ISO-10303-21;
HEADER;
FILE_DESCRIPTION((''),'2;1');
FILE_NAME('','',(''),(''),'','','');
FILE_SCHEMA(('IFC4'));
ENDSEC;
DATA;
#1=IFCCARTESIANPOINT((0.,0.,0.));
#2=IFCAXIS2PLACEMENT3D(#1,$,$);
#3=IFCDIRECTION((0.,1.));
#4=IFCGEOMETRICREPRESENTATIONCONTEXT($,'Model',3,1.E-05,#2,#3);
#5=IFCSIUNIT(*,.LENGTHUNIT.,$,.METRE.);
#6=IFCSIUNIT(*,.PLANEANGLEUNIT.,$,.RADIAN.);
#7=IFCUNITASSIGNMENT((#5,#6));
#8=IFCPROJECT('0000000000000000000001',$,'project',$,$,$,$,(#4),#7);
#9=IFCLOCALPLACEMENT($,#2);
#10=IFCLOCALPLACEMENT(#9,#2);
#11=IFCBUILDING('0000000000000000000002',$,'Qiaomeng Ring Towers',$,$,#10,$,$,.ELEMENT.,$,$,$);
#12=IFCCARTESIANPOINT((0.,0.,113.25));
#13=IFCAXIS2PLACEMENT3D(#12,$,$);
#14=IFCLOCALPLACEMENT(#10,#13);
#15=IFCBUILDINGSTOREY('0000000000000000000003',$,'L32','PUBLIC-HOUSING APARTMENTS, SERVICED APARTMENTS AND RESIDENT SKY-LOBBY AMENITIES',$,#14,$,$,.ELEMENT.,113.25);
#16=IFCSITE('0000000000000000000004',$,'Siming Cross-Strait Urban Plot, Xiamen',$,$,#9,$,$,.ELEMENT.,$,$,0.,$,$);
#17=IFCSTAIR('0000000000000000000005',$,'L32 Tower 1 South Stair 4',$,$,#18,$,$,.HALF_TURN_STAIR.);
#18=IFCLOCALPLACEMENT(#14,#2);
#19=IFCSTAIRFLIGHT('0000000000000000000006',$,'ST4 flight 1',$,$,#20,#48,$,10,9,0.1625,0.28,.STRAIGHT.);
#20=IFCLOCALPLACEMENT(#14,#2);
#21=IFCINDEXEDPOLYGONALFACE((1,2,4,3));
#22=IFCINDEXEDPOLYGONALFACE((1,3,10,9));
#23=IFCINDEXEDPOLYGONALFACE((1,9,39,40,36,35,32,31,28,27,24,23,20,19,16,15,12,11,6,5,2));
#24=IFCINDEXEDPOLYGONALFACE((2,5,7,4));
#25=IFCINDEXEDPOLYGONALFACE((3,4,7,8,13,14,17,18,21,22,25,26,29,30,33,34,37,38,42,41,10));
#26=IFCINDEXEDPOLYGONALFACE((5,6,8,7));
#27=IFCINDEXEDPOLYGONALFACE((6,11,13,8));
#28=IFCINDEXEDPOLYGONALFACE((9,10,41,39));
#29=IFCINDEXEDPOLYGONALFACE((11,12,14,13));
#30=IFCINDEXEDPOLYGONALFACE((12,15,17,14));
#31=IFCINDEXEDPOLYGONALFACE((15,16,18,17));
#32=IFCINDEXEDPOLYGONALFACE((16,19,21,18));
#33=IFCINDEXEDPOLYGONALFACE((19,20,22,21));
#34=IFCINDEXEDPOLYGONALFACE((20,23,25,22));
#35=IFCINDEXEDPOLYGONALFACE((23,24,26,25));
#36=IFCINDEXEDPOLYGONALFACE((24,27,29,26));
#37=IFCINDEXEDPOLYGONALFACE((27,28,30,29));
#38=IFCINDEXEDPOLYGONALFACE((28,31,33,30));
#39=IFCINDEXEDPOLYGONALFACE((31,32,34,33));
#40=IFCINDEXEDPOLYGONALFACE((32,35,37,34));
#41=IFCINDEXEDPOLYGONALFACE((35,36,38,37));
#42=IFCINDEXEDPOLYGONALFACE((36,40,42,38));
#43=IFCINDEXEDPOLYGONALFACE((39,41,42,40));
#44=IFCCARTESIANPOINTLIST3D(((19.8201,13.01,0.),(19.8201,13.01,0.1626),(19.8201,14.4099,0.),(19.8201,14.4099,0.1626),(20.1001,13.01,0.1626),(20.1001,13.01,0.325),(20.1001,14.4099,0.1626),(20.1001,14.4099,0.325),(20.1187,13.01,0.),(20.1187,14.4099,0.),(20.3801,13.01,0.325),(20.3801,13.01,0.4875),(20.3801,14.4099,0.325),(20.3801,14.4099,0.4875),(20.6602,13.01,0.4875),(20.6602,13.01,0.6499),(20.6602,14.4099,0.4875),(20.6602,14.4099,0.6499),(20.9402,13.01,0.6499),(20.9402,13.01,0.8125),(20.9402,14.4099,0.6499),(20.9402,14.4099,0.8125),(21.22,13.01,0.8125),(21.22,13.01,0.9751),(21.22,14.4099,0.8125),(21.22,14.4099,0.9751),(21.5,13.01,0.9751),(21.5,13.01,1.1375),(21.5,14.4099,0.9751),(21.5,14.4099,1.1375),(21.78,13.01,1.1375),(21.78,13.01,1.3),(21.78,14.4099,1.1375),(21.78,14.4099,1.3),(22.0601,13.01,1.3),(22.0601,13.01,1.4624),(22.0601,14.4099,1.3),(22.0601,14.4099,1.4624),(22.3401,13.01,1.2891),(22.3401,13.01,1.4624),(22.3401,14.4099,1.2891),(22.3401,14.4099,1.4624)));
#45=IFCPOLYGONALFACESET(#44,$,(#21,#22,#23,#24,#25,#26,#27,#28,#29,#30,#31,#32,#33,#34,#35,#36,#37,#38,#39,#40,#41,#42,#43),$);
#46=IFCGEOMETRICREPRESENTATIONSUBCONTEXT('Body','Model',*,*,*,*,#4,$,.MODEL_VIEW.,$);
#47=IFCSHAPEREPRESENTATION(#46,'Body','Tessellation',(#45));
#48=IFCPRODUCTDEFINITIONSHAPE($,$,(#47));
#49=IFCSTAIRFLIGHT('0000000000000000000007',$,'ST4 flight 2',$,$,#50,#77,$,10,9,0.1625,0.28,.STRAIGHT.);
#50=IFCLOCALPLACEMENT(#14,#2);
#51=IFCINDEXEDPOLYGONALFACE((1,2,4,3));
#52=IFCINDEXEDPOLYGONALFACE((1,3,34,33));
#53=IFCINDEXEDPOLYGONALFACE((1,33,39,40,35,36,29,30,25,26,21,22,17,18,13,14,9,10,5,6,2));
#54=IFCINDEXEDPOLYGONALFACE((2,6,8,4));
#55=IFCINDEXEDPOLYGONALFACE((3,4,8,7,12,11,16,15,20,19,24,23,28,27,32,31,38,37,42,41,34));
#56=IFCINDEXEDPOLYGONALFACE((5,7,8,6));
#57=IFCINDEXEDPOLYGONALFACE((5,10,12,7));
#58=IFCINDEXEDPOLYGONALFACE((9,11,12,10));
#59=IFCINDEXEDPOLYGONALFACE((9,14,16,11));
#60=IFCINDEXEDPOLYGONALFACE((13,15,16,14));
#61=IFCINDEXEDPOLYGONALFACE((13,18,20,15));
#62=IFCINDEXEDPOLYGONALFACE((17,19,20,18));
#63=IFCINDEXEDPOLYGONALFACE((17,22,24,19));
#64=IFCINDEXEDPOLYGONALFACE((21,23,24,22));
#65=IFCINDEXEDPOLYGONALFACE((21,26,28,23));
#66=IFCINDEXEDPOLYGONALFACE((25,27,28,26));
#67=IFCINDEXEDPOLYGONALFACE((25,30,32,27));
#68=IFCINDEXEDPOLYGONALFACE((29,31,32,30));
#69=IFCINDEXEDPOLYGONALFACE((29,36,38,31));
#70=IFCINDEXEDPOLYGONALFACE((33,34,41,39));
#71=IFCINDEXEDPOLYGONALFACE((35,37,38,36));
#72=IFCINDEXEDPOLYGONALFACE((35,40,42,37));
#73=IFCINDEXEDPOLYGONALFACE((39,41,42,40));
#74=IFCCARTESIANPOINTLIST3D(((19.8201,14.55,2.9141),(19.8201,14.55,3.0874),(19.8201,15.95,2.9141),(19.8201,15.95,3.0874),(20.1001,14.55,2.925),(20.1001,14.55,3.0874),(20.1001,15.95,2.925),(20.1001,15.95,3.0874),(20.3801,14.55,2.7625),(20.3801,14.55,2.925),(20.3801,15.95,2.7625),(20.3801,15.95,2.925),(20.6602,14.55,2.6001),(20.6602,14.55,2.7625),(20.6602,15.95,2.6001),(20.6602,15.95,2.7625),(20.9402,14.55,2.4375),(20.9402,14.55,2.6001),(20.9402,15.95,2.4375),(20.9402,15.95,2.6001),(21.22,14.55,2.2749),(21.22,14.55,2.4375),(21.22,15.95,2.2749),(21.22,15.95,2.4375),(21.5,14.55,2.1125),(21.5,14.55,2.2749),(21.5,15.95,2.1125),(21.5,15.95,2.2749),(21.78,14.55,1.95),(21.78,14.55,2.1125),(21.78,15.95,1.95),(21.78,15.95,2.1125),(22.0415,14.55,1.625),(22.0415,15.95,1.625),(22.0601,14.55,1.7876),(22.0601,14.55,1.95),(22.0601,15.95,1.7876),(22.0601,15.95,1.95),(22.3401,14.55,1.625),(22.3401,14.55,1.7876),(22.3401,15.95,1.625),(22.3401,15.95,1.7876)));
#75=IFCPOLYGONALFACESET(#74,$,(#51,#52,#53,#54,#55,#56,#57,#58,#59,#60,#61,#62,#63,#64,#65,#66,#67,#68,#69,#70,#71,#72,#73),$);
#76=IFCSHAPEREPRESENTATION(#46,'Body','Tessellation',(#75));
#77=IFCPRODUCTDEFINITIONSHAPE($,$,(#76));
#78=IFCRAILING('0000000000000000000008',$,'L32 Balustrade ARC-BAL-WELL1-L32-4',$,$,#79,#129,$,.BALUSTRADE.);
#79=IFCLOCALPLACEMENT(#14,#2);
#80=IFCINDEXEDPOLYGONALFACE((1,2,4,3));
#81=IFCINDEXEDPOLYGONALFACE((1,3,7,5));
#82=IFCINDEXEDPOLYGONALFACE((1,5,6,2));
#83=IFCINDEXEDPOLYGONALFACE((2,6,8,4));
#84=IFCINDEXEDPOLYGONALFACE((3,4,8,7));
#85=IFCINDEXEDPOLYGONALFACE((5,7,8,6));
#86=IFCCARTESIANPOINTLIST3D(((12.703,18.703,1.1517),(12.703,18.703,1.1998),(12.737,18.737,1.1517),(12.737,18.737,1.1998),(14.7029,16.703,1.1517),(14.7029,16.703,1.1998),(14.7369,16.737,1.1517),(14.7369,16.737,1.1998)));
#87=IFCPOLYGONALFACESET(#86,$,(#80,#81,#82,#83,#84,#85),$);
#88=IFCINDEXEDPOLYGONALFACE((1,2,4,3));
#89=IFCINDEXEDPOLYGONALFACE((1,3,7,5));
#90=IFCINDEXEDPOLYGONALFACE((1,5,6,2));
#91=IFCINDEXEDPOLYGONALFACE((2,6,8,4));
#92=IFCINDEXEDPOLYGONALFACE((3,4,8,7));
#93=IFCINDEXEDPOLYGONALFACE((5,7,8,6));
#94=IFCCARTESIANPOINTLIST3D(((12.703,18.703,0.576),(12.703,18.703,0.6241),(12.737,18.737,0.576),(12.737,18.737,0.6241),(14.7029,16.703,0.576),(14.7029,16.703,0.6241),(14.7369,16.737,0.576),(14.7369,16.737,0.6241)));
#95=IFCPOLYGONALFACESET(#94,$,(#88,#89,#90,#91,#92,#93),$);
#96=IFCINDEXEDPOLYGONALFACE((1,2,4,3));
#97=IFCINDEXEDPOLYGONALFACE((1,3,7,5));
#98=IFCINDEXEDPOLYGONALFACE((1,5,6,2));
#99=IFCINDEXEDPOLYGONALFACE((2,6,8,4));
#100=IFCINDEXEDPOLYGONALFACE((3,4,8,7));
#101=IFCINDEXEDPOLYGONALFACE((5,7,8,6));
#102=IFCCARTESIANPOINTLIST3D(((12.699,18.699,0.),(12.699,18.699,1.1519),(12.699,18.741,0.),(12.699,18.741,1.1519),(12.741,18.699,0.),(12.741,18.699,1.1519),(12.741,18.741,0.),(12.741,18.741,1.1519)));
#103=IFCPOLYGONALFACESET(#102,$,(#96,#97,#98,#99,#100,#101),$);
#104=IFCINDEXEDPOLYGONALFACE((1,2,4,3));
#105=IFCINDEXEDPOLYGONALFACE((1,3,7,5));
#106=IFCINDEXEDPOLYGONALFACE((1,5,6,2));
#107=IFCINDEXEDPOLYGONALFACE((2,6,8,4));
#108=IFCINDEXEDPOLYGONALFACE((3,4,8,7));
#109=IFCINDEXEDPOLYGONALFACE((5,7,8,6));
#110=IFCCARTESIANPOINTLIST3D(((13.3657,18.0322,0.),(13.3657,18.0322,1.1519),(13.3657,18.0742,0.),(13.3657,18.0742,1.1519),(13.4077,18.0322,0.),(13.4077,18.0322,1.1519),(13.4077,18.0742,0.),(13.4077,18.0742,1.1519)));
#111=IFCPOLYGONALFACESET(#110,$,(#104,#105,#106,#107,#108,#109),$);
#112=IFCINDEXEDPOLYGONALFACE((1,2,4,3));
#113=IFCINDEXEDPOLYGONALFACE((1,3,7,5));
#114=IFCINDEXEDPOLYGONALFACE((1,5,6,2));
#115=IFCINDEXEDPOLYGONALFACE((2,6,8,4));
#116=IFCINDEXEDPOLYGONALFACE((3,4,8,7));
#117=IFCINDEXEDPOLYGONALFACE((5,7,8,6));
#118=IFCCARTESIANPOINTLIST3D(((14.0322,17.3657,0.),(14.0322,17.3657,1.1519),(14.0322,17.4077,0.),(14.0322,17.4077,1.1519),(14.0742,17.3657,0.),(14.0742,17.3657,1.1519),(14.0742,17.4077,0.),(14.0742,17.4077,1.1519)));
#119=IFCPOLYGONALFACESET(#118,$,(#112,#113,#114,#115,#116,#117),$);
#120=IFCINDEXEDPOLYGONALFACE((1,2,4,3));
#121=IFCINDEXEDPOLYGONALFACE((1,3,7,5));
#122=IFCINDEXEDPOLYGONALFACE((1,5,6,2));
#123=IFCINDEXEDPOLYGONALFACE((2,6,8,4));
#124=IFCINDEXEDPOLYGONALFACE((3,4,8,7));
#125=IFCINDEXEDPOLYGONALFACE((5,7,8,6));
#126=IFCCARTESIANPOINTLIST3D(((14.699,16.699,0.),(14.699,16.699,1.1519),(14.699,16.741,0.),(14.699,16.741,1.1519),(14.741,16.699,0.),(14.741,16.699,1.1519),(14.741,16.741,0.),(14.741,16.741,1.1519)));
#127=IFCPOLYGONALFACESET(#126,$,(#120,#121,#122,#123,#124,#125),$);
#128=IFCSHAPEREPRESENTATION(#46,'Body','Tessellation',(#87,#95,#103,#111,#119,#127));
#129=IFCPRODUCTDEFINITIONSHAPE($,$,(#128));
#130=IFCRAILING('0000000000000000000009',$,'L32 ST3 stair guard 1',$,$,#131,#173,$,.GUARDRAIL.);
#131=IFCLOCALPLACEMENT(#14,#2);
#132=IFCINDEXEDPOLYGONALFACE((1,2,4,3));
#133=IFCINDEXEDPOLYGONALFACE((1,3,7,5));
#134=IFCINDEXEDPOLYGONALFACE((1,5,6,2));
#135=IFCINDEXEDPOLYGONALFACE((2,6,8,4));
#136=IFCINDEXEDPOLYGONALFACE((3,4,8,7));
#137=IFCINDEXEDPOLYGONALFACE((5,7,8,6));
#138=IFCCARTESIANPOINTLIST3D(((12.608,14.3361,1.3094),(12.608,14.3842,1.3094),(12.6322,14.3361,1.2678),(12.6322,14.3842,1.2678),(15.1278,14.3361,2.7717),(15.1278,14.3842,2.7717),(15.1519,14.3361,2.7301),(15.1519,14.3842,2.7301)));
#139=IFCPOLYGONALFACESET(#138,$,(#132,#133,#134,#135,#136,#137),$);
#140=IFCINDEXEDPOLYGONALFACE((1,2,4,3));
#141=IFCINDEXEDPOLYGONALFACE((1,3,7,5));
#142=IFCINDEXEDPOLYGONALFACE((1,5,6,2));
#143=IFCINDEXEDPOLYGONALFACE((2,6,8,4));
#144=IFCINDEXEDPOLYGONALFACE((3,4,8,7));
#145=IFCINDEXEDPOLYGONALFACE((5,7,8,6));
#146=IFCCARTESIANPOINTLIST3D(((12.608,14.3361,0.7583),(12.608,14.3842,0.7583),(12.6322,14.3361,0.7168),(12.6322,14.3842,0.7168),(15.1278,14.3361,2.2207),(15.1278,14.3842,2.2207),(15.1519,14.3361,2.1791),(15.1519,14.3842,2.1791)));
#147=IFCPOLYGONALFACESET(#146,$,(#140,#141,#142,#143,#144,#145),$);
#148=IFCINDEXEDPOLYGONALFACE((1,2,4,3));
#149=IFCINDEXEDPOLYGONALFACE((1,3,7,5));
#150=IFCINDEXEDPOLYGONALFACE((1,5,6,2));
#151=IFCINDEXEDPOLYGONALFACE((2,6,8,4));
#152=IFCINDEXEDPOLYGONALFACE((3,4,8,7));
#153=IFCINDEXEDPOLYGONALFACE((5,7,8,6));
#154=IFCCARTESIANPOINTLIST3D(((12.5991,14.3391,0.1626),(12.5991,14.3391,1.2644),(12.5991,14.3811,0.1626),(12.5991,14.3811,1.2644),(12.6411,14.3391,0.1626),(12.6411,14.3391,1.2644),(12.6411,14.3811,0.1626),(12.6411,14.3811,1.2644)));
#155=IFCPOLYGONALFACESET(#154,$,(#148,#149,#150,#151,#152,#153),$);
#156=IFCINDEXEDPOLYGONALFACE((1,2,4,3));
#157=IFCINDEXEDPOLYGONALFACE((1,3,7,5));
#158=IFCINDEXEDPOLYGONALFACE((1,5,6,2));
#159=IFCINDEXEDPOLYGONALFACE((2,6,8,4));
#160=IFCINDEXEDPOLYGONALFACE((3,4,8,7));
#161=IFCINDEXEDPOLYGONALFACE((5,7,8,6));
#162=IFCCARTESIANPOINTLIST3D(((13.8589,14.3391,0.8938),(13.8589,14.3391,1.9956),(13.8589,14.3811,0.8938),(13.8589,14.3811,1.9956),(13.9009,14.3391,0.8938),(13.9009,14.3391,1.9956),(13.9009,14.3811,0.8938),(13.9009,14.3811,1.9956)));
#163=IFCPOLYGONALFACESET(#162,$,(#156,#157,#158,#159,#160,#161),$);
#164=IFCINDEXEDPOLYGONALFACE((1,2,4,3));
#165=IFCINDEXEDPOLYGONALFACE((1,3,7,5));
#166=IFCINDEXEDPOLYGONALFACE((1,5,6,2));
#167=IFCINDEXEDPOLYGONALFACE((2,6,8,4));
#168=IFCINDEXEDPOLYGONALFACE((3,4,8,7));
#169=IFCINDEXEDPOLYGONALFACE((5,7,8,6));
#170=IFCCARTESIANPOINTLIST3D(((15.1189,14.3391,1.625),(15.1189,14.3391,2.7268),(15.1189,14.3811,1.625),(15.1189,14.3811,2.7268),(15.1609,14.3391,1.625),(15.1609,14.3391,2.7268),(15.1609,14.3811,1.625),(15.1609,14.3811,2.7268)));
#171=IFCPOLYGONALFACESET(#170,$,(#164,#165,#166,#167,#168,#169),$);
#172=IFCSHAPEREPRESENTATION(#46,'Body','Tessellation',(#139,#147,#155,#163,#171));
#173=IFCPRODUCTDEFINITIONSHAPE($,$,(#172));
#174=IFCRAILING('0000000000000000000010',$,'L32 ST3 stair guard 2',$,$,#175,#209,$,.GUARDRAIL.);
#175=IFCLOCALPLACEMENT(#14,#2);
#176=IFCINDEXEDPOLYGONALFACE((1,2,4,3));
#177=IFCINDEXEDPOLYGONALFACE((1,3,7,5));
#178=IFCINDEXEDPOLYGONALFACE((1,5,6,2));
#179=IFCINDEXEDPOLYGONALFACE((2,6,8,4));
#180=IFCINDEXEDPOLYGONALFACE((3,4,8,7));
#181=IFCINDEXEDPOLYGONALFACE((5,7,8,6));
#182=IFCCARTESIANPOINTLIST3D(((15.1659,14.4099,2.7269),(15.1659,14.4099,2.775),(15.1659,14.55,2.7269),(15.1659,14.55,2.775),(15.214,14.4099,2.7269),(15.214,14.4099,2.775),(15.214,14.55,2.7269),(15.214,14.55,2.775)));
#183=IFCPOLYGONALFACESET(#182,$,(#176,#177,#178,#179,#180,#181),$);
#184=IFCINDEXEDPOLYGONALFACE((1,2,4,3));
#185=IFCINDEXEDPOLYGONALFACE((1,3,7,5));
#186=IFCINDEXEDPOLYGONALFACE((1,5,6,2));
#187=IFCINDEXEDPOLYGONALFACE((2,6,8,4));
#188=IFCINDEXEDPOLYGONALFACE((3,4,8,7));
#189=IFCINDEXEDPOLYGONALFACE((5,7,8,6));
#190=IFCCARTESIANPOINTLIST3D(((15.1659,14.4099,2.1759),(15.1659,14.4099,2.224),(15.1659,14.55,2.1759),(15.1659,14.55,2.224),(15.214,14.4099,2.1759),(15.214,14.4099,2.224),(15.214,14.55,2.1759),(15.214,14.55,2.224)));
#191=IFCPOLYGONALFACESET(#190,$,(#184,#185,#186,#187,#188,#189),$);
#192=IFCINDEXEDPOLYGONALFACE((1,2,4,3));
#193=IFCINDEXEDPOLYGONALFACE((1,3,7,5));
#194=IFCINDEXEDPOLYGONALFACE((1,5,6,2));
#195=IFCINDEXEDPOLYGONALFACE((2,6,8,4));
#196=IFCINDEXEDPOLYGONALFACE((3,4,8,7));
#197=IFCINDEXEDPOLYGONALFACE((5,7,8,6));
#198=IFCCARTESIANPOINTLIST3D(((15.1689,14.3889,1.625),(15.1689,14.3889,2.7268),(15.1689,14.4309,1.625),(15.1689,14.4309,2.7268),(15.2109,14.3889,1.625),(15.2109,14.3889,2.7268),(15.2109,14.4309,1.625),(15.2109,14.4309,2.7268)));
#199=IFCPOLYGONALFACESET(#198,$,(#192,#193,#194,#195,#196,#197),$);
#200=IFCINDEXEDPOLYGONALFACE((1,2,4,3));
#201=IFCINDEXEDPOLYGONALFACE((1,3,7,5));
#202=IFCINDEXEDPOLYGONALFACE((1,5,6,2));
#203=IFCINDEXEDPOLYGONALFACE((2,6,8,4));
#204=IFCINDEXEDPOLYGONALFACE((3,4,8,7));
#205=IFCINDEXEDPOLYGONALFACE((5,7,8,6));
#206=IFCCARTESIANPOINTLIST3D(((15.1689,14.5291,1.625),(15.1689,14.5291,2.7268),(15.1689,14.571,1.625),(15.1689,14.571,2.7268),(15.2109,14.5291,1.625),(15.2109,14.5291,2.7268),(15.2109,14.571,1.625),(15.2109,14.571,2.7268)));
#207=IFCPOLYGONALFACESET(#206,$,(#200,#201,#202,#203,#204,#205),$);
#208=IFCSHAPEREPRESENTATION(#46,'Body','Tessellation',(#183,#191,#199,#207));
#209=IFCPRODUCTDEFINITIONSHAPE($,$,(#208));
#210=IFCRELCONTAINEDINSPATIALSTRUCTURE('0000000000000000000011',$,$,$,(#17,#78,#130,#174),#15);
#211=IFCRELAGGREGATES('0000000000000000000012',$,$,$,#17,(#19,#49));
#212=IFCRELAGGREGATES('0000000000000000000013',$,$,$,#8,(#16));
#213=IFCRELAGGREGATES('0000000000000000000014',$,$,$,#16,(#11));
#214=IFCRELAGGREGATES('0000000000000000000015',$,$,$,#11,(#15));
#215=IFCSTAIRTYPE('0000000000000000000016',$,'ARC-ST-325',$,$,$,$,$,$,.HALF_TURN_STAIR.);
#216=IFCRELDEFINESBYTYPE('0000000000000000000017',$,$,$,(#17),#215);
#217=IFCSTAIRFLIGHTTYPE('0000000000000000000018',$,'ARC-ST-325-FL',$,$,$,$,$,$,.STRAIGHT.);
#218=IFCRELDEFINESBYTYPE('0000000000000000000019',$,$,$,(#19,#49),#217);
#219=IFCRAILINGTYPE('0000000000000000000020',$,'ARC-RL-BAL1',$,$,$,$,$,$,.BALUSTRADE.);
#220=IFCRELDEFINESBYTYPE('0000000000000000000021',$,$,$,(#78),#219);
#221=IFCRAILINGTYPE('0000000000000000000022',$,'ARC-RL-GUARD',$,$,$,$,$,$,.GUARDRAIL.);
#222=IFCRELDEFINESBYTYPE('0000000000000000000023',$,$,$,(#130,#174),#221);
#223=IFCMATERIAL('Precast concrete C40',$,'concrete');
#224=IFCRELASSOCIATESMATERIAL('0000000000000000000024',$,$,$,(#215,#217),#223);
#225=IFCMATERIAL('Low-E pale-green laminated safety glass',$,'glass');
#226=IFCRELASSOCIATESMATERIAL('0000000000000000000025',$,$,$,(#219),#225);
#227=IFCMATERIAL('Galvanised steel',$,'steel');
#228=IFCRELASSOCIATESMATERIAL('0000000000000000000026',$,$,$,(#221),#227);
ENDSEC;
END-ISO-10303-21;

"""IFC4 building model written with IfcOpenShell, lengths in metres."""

from ifc_helpers import new_model, si_unit, direction, frame, origin, origin_2d, place, context, subcontext, project, spatial, polyline, rectangle, outline, extrude, source, transform, mapped, material, type_object, element, aggregate, save


model = new_model("IFC4")

# Units and contexts
model_context = context("Model", 3, precision=1e-05, world=origin(), true_north=direction((0.0, 1.0)))
body_context = subcontext(model_context, "Body", "Model", "MODEL_VIEW")
ifc_project = project(units=[si_unit("LENGTHUNIT", "METRE"), si_unit("PLANEANGLEUNIT", "RADIAN")], contexts=[model_context])

# Site, building, storey
site_placement = place(None, origin())
site = spatial("IfcSite", under=ifc_project, at=site_placement, Name="Siming Cross-Strait Urban Plot, Xiamen", CompositionType="ELEMENT", RefElevation=0.0)
building_placement = place(site_placement, origin())
building = spatial("IfcBuilding", under=site, at=building_placement, Name="Qiaomeng Ring Towers", CompositionType="ELEMENT")
storey_placement = place(building_placement, frame((0.0, 0.0, 113.25)))
storey = spatial("IfcBuildingStorey", under=building, at=storey_placement, Name="L32", Description="PUBLIC-HOUSING APARTMENTS, SERVICED APARTMENTS AND RESIDENT SKY-LOBBY AMENITIES", CompositionType="ELEMENT", Elevation=113.25)

# Stair, stair flights
ifc_material_1 = material(Name="Precast concrete C40", Category="concrete")
stair_type = type_object("IfcStairType", Name="ARC-ST-325", PredefinedType="HALF_TURN_STAIR", material=ifc_material_1)
stair_flight_type = type_object("IfcStairFlightType", Name="ARC-ST-325-FL", PredefinedType="STRAIGHT", material=ifc_material_1)
shared_shape_1 = source(origin(), body_context, "Body", "SweptSolid", [
    extrude(outline(polyline([(0.0, 0.0), (0.0, 0.1626), (0.28, 0.1626), (0.28, 0.325), (0.5601, 0.325), (0.5601, 0.4875), (0.8401, 0.4875), (0.8401, 0.6499), (1.1201, 0.6499), (1.1201, 0.8125), (1.3999, 0.8125), (1.3999, 0.9751), (1.6799, 0.9751), (1.6799, 1.1375), (1.96, 1.1375), (1.96, 1.3), (2.24, 1.3), (2.24, 1.4624), (2.52, 1.4624), (2.52, 1.625), (2.52, 1.2891), (0.2986, 0.0), (0.0, 0.0)])), frame((0.0, 0.7, 0.0), z_axis=(0.0, -1.0, 0.0), x_axis=(1.0, 0.0, 0.0)), (0.0, 0.0, 1.0), 1.3999),
])
stair_1_placement = place(storey_placement, origin())
stair_1 = element("IfcStair", 1, at=stair_1_placement, inside=storey, type_object=stair_type, Name="L32 Tower 1 South Stair 4", PredefinedType="HALF_TURN_STAIR")
stair_flight_1_placement = place(storey_placement, frame((19.8201, 13.71, 0.0), z_axis=(0.0, 0.0, 1.0), x_axis=(1.0, 0.0, 0.0)))
stair_flight_1 = element("IfcStairFlight", 2, at=stair_flight_1_placement, type_object=stair_flight_type, Name="ST4 flight 1", NumberOfRisers=10, NumberOfTreads=9, PredefinedType="STRAIGHT", RiserHeight=0.1625, TreadLength=0.28, context=body_context, shape_type="MappedRepresentation", body=[
    mapped(shared_shape_1, transform((0.0, 0.0, 0.0), x_axis=(1.0, 0.0, 0.0), y_axis=(0.0, 1.0, 0.0), z_axis=(0.0, 0.0, 1.0), scale=1.0)),
])
stair_flight_2_placement = place(storey_placement, frame((22.3401, 15.25, 1.625), z_axis=(0.0, 0.0, 1.0), x_axis=(-1.0, 0.0, 0.0)))
stair_flight_2 = element("IfcStairFlight", 3, at=stair_flight_2_placement, type_object=stair_flight_type, Name="ST4 flight 2", NumberOfRisers=10, NumberOfTreads=9, PredefinedType="STRAIGHT", RiserHeight=0.1625, TreadLength=0.28, context=body_context, shape_type="MappedRepresentation", body=[
    mapped(shared_shape_1, transform((0.0, 0.0, 0.0), x_axis=(1.0, 0.0, 0.0), y_axis=(0.0, 1.0, 0.0), z_axis=(0.0, 0.0, 1.0), scale=1.0)),
])
aggregate(stair_1, [stair_flight_1, stair_flight_2])

# Railings
ifc_material_2 = material(Name="Low-E pale-green laminated safety glass", Category="glass")
railing_type_1 = type_object("IfcRailingType", Name="ARC-RL-BAL1", PredefinedType="BALUSTRADE", material=ifc_material_2)
railing_1_placement = place(storey_placement, frame((12.72, 18.72, 0.0)))
element("IfcRailing", 4, at=railing_1_placement, inside=storey, type_object=railing_type_1, Name="L32 Balustrade ARC-BAL-WELL1-L32-4", PredefinedType="BALUSTRADE", context=body_context, shape_type="SweptSolid", body=[
    extrude(rectangle(XDim=0.0481, YDim=0.0481, at=origin_2d()), frame((0.0, 0.0, 1.1758), z_axis=(0.707107, -0.707107, 0.0), x_axis=(0.707107, 0.707107, 0.0)), (0.0, 0.0, 1.0), 2.8284),
    extrude(rectangle(XDim=0.0481, YDim=0.0481, at=origin_2d()), frame((0.0, 0.0, 0.6001), z_axis=(0.707107, -0.707107, 0.0), x_axis=(0.707107, 0.707107, 0.0)), (0.0, 0.0, 1.0), 2.8284),
    extrude(rectangle(XDim=0.042, YDim=0.042, at=origin_2d()), origin(), (0.0, 0.0, 1.0), 1.1519),
    extrude(rectangle(XDim=0.042, YDim=0.042, at=origin_2d()), frame((0.6667, -0.6667, 0.0)), (0.0, 0.0, 1.0), 1.1519),
    extrude(rectangle(XDim=0.042, YDim=0.042, at=origin_2d()), frame((1.3333, -1.3333, 0.0)), (0.0, 0.0, 1.0), 1.1519),
    extrude(rectangle(XDim=0.042, YDim=0.042, at=origin_2d()), frame((2.0, -2.0, 0.0)), (0.0, 0.0, 1.0), 1.1519),
])
ifc_material_3 = material(Name="Galvanised steel", Category="steel")
railing_type_2 = type_object("IfcRailingType", Name="ARC-RL-GUARD", PredefinedType="GUARDRAIL", material=ifc_material_3)
railing_2_placement = place(storey_placement, frame((12.6201, 14.3601, 0.1626)))
element("IfcRailing", 5, at=railing_2_placement, inside=storey, type_object=railing_type_2, Name="L32 ST3 stair guard 1", PredefinedType="GUARDRAIL", context=body_context, shape_type="SweptSolid", body=[
    extrude(rectangle(XDim=0.0481, YDim=0.0481, at=origin_2d()), frame((0.0, 0.0, 1.126), z_axis=(0.864892, 0.0, 0.501958), x_axis=(0.0, 1.0, 0.0)), (0.0, 0.0, 1.0), 2.9133),
    extrude(rectangle(XDim=0.0481, YDim=0.0481, at=origin_2d()), frame((0.0, 0.0, 0.575), z_axis=(0.864892, 0.0, 0.501958), x_axis=(0.0, 1.0, 0.0)), (0.0, 0.0, 1.0), 2.9133),
    extrude(rectangle(XDim=0.042, YDim=0.042, at=origin_2d()), origin(), (0.0, 0.0, 1.0), 1.1018),
    extrude(rectangle(XDim=0.042, YDim=0.042, at=origin_2d()), frame((1.2598, 0.0, 0.7312)), (0.0, 0.0, 1.0), 1.1018),
    extrude(rectangle(XDim=0.042, YDim=0.042, at=origin_2d()), frame((2.5198, 0.0, 1.4624)), (0.0, 0.0, 1.0), 1.1018),
])
railing_3_placement = place(storey_placement, frame((15.1899, 14.4099, 1.625)))
element("IfcRailing", 6, at=railing_3_placement, inside=storey, type_object=railing_type_2, Name="L32 ST3 stair guard 2", PredefinedType="GUARDRAIL", context=body_context, shape_type="SweptSolid", body=[
    extrude(rectangle(XDim=0.0481, YDim=0.0481, at=origin_2d()), frame((0.0, 0.0, 1.126), z_axis=(0.0, 1.0, 0.0), x_axis=(-1.0, 0.0, 0.0)), (0.0, 0.0, 1.0), 0.1401),
    extrude(rectangle(XDim=0.0481, YDim=0.0481, at=origin_2d()), frame((0.0, 0.0, 0.575), z_axis=(0.0, 1.0, 0.0), x_axis=(-1.0, 0.0, 0.0)), (0.0, 0.0, 1.0), 0.1401),
    extrude(rectangle(XDim=0.042, YDim=0.042, at=origin_2d()), origin(), (0.0, 0.0, 1.0), 1.1018),
    extrude(rectangle(XDim=0.042, YDim=0.042, at=origin_2d()), frame((0.0, 0.1401, 0.0)), (0.0, 0.0, 1.0), 1.1018),
])

save(model, "model.ifc")
